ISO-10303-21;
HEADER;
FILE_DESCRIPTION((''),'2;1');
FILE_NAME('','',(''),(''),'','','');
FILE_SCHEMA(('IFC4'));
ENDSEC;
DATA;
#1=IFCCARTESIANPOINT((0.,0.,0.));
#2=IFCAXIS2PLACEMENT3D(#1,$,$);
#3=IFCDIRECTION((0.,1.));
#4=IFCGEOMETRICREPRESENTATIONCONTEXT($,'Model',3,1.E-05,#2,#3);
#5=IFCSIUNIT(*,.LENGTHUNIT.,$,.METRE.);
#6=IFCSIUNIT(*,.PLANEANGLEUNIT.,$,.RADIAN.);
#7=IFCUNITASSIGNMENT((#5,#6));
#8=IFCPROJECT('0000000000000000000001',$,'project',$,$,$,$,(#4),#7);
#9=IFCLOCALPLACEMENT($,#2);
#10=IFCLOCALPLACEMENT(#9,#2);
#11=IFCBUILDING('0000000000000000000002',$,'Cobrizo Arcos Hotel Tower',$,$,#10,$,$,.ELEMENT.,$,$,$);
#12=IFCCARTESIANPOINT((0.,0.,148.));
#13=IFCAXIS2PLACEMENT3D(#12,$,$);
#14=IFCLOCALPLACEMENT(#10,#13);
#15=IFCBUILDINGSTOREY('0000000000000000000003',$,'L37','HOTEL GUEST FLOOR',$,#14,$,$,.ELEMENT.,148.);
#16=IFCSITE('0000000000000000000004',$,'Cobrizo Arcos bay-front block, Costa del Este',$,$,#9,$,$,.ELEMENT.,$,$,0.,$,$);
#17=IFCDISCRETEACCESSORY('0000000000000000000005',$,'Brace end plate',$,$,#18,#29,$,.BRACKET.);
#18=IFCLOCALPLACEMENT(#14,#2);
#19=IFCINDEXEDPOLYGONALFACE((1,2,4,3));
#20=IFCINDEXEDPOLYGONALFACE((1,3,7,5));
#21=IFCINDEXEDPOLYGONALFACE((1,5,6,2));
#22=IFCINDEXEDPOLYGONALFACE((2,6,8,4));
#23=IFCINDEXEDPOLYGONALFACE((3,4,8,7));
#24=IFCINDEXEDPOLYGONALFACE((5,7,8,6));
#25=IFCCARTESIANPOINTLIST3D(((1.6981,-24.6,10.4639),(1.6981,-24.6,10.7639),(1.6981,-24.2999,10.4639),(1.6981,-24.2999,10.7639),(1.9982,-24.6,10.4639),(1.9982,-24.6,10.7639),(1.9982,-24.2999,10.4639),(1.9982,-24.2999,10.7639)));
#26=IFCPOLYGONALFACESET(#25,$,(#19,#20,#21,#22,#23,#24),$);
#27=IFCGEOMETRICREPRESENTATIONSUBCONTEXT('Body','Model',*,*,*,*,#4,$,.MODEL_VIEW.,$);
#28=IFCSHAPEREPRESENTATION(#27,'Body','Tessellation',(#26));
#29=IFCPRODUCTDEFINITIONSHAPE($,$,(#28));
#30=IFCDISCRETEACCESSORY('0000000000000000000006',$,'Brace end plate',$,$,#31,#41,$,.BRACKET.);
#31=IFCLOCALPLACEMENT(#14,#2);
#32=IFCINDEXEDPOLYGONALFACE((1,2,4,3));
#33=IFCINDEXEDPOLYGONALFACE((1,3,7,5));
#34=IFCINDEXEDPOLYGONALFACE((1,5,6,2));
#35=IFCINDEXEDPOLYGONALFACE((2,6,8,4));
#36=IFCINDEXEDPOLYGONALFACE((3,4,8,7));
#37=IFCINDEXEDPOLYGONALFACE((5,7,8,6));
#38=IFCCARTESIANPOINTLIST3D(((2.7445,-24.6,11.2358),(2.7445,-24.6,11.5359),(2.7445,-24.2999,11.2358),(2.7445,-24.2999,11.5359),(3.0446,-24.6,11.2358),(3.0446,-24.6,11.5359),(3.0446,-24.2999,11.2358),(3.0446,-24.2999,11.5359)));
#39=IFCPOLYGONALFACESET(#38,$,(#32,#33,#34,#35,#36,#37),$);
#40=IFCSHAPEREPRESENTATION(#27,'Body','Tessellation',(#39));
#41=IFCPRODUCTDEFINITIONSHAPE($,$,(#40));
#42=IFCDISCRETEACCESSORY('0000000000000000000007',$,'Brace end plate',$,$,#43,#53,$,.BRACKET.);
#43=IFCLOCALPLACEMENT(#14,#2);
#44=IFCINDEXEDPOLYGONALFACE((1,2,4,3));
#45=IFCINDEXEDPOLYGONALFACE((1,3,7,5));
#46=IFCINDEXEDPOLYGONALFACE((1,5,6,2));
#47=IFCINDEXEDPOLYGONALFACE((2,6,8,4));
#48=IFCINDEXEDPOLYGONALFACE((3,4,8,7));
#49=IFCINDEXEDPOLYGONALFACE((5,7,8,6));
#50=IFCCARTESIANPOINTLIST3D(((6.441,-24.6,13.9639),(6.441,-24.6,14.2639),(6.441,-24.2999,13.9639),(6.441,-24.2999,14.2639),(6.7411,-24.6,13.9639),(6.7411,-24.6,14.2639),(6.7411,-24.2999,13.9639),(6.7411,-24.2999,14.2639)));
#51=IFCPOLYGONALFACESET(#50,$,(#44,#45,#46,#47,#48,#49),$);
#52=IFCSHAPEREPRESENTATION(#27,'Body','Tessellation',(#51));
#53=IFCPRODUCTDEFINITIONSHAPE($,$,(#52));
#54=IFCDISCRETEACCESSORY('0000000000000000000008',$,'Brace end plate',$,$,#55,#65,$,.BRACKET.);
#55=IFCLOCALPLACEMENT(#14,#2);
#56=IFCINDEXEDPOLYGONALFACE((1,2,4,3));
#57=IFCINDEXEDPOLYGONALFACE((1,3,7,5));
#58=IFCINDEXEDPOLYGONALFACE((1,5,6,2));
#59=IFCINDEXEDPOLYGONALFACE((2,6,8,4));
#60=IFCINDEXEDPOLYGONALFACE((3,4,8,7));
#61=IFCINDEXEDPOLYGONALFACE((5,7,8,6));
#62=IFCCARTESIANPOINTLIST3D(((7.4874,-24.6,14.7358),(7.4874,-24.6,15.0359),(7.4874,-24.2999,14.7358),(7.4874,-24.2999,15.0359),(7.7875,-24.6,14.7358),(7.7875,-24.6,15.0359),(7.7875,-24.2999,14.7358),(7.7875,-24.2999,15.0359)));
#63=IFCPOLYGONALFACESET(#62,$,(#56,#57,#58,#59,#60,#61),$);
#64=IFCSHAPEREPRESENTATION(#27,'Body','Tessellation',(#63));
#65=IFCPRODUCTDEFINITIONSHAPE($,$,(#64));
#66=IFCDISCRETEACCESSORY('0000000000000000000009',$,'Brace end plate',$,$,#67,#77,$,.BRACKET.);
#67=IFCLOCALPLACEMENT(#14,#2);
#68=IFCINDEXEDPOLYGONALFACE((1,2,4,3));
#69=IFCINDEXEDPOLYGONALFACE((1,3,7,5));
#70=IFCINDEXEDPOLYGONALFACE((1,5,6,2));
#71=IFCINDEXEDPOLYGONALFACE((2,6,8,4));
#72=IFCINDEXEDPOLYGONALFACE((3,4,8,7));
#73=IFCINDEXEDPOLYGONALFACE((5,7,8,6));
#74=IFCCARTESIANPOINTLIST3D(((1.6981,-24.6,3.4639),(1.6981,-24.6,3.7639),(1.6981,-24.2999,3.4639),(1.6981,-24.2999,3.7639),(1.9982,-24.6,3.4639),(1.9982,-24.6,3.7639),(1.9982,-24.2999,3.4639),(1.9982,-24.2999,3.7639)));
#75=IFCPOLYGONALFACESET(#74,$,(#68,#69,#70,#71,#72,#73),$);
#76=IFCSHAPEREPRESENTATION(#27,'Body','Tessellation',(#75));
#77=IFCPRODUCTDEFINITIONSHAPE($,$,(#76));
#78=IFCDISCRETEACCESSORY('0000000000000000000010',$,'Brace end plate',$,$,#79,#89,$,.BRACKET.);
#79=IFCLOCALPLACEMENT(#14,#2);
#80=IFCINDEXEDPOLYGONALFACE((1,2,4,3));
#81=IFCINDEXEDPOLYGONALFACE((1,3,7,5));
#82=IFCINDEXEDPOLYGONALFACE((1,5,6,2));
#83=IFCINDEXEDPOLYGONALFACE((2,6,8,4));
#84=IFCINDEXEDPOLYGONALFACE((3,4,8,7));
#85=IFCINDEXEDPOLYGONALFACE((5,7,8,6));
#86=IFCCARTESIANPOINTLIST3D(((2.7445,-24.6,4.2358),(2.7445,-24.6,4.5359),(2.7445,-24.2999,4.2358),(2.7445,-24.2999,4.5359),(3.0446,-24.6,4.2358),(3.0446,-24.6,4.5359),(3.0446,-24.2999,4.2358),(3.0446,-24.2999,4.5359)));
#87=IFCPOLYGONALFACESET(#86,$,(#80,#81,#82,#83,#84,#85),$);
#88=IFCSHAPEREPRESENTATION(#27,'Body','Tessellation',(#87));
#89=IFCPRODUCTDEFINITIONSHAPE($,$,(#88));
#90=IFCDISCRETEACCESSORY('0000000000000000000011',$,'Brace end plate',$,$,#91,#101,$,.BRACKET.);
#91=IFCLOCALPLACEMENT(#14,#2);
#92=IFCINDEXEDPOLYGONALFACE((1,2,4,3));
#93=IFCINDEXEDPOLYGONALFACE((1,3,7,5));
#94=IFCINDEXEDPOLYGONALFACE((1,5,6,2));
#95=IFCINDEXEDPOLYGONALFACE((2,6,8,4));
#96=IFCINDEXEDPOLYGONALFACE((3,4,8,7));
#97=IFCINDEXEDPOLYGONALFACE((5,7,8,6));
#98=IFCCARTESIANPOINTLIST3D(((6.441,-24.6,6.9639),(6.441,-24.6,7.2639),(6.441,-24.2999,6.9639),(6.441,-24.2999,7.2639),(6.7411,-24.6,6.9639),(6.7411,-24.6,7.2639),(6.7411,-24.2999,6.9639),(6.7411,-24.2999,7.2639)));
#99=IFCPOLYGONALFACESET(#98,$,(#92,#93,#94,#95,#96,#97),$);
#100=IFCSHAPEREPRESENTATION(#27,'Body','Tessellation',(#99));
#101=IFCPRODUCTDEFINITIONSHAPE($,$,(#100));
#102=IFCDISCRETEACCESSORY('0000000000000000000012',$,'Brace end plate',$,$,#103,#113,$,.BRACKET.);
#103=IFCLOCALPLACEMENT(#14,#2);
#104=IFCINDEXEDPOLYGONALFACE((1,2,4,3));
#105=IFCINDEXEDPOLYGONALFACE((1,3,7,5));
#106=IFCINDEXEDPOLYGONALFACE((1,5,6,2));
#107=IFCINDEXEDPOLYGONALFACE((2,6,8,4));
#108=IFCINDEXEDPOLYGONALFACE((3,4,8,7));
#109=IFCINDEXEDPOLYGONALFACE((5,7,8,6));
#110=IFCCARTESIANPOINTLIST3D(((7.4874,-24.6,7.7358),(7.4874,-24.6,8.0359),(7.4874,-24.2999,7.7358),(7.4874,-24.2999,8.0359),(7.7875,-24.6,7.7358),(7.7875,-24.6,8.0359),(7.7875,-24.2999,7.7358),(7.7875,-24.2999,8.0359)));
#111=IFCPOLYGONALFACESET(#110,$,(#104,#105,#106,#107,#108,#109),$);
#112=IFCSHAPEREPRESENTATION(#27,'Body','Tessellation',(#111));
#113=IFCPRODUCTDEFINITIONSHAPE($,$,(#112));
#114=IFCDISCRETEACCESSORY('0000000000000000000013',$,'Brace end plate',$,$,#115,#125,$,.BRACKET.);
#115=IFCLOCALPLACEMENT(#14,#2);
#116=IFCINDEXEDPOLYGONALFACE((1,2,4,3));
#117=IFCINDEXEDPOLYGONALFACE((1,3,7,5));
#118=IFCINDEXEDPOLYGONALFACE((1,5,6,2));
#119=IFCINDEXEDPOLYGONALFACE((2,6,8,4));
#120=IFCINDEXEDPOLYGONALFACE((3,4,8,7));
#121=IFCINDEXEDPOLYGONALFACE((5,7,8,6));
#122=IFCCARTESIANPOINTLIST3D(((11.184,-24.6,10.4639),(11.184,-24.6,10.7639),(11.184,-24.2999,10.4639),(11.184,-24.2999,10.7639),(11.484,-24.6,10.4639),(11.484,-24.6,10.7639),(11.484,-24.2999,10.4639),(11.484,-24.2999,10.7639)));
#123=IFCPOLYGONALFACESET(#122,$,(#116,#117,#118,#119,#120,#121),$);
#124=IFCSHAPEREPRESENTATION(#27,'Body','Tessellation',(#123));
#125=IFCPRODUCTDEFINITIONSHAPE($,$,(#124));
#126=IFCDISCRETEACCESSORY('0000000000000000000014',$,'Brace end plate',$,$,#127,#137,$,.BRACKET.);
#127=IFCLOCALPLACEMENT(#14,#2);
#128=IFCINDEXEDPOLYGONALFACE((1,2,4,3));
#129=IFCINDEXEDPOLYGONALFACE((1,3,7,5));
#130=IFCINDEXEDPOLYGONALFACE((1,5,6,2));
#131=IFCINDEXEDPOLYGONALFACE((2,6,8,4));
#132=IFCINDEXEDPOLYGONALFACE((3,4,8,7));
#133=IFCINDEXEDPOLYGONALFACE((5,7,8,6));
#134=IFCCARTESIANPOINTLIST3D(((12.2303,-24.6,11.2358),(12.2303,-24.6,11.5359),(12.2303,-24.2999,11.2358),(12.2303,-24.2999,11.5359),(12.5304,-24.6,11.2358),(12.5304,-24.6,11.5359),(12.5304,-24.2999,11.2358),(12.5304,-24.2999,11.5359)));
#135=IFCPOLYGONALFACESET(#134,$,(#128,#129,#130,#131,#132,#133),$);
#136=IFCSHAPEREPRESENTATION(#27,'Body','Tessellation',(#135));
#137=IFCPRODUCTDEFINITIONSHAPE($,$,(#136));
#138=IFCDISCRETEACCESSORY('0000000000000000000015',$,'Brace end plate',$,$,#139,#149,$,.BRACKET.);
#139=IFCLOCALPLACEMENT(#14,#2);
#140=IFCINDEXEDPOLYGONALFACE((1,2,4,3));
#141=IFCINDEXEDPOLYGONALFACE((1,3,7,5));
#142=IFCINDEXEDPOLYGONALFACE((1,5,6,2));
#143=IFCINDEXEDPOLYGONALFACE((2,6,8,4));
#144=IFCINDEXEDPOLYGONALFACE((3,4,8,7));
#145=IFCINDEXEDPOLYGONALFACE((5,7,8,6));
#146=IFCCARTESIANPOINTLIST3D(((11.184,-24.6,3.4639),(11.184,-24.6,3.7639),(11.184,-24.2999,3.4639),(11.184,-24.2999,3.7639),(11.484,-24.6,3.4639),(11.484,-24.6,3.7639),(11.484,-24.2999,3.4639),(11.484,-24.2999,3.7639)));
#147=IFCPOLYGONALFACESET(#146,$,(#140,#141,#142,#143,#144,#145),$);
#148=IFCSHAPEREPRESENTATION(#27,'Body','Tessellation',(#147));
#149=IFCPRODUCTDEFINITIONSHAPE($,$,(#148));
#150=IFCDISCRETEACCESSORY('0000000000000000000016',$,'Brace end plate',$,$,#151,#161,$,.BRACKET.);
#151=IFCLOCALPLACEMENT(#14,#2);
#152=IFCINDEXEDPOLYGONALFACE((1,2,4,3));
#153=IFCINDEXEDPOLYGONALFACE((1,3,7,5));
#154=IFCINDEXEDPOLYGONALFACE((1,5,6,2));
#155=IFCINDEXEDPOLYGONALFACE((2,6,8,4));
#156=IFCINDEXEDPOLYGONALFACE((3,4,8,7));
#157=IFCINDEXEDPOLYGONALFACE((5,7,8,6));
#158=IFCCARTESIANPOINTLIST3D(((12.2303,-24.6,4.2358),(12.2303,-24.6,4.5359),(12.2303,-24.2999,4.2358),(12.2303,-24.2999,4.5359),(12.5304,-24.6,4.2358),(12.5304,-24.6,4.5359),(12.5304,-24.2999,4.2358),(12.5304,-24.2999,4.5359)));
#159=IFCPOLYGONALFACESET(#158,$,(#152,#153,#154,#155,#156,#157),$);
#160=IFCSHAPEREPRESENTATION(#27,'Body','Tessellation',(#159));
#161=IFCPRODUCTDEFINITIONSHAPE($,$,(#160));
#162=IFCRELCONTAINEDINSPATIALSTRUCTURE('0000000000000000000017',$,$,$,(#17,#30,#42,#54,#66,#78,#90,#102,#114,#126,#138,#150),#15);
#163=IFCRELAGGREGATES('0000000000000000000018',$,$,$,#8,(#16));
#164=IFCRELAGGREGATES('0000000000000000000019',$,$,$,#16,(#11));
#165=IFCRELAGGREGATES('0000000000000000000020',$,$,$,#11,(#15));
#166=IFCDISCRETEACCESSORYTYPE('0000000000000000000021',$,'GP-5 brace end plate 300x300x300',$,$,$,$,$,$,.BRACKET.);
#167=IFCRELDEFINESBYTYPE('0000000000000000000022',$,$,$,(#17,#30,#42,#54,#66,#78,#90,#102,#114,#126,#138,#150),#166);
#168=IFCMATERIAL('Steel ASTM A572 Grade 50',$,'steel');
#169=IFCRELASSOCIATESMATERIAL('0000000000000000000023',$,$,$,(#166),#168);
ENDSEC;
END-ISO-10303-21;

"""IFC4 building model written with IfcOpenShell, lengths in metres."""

from ifc_helpers import new_model, si_unit, direction, frame, origin, origin_2d, place, context, subcontext, project, spatial, rectangle, extrude, material, type_object, element, save


model = new_model("IFC4")

# Units and contexts
model_context = context("Model", 3, precision=1e-05, world=origin(), true_north=direction((0.0, 1.0)))
body_context = subcontext(model_context, "Body", "Model", "MODEL_VIEW")
ifc_project = project(units=[si_unit("LENGTHUNIT", "METRE"), si_unit("PLANEANGLEUNIT", "RADIAN")], contexts=[model_context])

# Site, building, storey
site_placement = place(None, origin())
site = spatial("IfcSite", under=ifc_project, at=site_placement, Name="Cobrizo Arcos bay-front block, Costa del Este", CompositionType="ELEMENT", RefElevation=0.0)
building_placement = place(site_placement, origin())
building = spatial("IfcBuilding", under=site, at=building_placement, Name="Cobrizo Arcos Hotel Tower", CompositionType="ELEMENT")
storey_placement = place(building_placement, frame((0.0, 0.0, 148.0)))
storey = spatial("IfcBuildingStorey", under=building, at=storey_placement, Name="L37", Description="HOTEL GUEST FLOOR", CompositionType="ELEMENT", Elevation=148.0)

# Shared definitions
ifc_material_1 = material(Name="Steel ASTM A572 Grade 50", Category="steel")

# Discrete accessories
discrete_accessory_type_1 = type_object("IfcDiscreteAccessoryType", Name="GP-5 brace end plate 300x300x300", PredefinedType="BRACKET", material=ifc_material_1)
for number, where, z_axis, x_axis, name in (
    (1, (1.8481, -24.45, 10.4639), (0.0, 0.0, 1.0), (1.0, 0.0, 0.0), "Brace end plate"),
    (2, (2.8945, -24.45, 11.2358), (0.0, 0.0, 1.0), (1.0, 0.0, 0.0), "Brace end plate"),
    (3, (6.5911, -24.45, 13.9639), (0.0, 0.0, 1.0), (1.0, 0.0, 0.0), "Brace end plate"),
    (4, (7.6375, -24.45, 14.7358), (0.0, 0.0, 1.0), (1.0, 0.0, 0.0), "Brace end plate"),
    (5, (1.8481, -24.45, 3.4639), (0.0, 0.0, 1.0), (1.0, 0.0, 0.0), "Brace end plate"),
    (6, (2.8945, -24.45, 4.2358), (0.0, 0.0, 1.0), (1.0, 0.0, 0.0), "Brace end plate"),
    (7, (6.5911, -24.45, 6.9639), (0.0, 0.0, 1.0), (1.0, 0.0, 0.0), "Brace end plate"),
    (8, (7.6375, -24.45, 7.7358), (0.0, 0.0, 1.0), (1.0, 0.0, 0.0), "Brace end plate"),
    (9, (11.334, -24.45, 10.4639), (0.0, 0.0, 1.0), (1.0, 0.0, 0.0), "Brace end plate"),
    (10, (12.3804, -24.45, 11.2358), (0.0, 0.0, 1.0), (1.0, 0.0, 0.0), "Brace end plate"),
    (11, (11.334, -24.45, 3.4639), (0.0, 0.0, 1.0), (1.0, 0.0, 0.0), "Brace end plate"),
    (12, (12.3804, -24.45, 4.2358), (0.0, 0.0, 1.0), (1.0, 0.0, 0.0), "Brace end plate"),
):
    element("IfcDiscreteAccessory", number, at=place(storey_placement, frame(where, z_axis=z_axis, x_axis=x_axis)), inside=storey, type_object=discrete_accessory_type_1, Name=name, PredefinedType="BRACKET", context=body_context, shape_type="SweptSolid", body=[
        extrude(rectangle(XDim=0.3, YDim=0.3, at=origin_2d()), origin(), (0.0, 0.0, 1.0), 0.3),
    ])

save(model, "model.ifc")
